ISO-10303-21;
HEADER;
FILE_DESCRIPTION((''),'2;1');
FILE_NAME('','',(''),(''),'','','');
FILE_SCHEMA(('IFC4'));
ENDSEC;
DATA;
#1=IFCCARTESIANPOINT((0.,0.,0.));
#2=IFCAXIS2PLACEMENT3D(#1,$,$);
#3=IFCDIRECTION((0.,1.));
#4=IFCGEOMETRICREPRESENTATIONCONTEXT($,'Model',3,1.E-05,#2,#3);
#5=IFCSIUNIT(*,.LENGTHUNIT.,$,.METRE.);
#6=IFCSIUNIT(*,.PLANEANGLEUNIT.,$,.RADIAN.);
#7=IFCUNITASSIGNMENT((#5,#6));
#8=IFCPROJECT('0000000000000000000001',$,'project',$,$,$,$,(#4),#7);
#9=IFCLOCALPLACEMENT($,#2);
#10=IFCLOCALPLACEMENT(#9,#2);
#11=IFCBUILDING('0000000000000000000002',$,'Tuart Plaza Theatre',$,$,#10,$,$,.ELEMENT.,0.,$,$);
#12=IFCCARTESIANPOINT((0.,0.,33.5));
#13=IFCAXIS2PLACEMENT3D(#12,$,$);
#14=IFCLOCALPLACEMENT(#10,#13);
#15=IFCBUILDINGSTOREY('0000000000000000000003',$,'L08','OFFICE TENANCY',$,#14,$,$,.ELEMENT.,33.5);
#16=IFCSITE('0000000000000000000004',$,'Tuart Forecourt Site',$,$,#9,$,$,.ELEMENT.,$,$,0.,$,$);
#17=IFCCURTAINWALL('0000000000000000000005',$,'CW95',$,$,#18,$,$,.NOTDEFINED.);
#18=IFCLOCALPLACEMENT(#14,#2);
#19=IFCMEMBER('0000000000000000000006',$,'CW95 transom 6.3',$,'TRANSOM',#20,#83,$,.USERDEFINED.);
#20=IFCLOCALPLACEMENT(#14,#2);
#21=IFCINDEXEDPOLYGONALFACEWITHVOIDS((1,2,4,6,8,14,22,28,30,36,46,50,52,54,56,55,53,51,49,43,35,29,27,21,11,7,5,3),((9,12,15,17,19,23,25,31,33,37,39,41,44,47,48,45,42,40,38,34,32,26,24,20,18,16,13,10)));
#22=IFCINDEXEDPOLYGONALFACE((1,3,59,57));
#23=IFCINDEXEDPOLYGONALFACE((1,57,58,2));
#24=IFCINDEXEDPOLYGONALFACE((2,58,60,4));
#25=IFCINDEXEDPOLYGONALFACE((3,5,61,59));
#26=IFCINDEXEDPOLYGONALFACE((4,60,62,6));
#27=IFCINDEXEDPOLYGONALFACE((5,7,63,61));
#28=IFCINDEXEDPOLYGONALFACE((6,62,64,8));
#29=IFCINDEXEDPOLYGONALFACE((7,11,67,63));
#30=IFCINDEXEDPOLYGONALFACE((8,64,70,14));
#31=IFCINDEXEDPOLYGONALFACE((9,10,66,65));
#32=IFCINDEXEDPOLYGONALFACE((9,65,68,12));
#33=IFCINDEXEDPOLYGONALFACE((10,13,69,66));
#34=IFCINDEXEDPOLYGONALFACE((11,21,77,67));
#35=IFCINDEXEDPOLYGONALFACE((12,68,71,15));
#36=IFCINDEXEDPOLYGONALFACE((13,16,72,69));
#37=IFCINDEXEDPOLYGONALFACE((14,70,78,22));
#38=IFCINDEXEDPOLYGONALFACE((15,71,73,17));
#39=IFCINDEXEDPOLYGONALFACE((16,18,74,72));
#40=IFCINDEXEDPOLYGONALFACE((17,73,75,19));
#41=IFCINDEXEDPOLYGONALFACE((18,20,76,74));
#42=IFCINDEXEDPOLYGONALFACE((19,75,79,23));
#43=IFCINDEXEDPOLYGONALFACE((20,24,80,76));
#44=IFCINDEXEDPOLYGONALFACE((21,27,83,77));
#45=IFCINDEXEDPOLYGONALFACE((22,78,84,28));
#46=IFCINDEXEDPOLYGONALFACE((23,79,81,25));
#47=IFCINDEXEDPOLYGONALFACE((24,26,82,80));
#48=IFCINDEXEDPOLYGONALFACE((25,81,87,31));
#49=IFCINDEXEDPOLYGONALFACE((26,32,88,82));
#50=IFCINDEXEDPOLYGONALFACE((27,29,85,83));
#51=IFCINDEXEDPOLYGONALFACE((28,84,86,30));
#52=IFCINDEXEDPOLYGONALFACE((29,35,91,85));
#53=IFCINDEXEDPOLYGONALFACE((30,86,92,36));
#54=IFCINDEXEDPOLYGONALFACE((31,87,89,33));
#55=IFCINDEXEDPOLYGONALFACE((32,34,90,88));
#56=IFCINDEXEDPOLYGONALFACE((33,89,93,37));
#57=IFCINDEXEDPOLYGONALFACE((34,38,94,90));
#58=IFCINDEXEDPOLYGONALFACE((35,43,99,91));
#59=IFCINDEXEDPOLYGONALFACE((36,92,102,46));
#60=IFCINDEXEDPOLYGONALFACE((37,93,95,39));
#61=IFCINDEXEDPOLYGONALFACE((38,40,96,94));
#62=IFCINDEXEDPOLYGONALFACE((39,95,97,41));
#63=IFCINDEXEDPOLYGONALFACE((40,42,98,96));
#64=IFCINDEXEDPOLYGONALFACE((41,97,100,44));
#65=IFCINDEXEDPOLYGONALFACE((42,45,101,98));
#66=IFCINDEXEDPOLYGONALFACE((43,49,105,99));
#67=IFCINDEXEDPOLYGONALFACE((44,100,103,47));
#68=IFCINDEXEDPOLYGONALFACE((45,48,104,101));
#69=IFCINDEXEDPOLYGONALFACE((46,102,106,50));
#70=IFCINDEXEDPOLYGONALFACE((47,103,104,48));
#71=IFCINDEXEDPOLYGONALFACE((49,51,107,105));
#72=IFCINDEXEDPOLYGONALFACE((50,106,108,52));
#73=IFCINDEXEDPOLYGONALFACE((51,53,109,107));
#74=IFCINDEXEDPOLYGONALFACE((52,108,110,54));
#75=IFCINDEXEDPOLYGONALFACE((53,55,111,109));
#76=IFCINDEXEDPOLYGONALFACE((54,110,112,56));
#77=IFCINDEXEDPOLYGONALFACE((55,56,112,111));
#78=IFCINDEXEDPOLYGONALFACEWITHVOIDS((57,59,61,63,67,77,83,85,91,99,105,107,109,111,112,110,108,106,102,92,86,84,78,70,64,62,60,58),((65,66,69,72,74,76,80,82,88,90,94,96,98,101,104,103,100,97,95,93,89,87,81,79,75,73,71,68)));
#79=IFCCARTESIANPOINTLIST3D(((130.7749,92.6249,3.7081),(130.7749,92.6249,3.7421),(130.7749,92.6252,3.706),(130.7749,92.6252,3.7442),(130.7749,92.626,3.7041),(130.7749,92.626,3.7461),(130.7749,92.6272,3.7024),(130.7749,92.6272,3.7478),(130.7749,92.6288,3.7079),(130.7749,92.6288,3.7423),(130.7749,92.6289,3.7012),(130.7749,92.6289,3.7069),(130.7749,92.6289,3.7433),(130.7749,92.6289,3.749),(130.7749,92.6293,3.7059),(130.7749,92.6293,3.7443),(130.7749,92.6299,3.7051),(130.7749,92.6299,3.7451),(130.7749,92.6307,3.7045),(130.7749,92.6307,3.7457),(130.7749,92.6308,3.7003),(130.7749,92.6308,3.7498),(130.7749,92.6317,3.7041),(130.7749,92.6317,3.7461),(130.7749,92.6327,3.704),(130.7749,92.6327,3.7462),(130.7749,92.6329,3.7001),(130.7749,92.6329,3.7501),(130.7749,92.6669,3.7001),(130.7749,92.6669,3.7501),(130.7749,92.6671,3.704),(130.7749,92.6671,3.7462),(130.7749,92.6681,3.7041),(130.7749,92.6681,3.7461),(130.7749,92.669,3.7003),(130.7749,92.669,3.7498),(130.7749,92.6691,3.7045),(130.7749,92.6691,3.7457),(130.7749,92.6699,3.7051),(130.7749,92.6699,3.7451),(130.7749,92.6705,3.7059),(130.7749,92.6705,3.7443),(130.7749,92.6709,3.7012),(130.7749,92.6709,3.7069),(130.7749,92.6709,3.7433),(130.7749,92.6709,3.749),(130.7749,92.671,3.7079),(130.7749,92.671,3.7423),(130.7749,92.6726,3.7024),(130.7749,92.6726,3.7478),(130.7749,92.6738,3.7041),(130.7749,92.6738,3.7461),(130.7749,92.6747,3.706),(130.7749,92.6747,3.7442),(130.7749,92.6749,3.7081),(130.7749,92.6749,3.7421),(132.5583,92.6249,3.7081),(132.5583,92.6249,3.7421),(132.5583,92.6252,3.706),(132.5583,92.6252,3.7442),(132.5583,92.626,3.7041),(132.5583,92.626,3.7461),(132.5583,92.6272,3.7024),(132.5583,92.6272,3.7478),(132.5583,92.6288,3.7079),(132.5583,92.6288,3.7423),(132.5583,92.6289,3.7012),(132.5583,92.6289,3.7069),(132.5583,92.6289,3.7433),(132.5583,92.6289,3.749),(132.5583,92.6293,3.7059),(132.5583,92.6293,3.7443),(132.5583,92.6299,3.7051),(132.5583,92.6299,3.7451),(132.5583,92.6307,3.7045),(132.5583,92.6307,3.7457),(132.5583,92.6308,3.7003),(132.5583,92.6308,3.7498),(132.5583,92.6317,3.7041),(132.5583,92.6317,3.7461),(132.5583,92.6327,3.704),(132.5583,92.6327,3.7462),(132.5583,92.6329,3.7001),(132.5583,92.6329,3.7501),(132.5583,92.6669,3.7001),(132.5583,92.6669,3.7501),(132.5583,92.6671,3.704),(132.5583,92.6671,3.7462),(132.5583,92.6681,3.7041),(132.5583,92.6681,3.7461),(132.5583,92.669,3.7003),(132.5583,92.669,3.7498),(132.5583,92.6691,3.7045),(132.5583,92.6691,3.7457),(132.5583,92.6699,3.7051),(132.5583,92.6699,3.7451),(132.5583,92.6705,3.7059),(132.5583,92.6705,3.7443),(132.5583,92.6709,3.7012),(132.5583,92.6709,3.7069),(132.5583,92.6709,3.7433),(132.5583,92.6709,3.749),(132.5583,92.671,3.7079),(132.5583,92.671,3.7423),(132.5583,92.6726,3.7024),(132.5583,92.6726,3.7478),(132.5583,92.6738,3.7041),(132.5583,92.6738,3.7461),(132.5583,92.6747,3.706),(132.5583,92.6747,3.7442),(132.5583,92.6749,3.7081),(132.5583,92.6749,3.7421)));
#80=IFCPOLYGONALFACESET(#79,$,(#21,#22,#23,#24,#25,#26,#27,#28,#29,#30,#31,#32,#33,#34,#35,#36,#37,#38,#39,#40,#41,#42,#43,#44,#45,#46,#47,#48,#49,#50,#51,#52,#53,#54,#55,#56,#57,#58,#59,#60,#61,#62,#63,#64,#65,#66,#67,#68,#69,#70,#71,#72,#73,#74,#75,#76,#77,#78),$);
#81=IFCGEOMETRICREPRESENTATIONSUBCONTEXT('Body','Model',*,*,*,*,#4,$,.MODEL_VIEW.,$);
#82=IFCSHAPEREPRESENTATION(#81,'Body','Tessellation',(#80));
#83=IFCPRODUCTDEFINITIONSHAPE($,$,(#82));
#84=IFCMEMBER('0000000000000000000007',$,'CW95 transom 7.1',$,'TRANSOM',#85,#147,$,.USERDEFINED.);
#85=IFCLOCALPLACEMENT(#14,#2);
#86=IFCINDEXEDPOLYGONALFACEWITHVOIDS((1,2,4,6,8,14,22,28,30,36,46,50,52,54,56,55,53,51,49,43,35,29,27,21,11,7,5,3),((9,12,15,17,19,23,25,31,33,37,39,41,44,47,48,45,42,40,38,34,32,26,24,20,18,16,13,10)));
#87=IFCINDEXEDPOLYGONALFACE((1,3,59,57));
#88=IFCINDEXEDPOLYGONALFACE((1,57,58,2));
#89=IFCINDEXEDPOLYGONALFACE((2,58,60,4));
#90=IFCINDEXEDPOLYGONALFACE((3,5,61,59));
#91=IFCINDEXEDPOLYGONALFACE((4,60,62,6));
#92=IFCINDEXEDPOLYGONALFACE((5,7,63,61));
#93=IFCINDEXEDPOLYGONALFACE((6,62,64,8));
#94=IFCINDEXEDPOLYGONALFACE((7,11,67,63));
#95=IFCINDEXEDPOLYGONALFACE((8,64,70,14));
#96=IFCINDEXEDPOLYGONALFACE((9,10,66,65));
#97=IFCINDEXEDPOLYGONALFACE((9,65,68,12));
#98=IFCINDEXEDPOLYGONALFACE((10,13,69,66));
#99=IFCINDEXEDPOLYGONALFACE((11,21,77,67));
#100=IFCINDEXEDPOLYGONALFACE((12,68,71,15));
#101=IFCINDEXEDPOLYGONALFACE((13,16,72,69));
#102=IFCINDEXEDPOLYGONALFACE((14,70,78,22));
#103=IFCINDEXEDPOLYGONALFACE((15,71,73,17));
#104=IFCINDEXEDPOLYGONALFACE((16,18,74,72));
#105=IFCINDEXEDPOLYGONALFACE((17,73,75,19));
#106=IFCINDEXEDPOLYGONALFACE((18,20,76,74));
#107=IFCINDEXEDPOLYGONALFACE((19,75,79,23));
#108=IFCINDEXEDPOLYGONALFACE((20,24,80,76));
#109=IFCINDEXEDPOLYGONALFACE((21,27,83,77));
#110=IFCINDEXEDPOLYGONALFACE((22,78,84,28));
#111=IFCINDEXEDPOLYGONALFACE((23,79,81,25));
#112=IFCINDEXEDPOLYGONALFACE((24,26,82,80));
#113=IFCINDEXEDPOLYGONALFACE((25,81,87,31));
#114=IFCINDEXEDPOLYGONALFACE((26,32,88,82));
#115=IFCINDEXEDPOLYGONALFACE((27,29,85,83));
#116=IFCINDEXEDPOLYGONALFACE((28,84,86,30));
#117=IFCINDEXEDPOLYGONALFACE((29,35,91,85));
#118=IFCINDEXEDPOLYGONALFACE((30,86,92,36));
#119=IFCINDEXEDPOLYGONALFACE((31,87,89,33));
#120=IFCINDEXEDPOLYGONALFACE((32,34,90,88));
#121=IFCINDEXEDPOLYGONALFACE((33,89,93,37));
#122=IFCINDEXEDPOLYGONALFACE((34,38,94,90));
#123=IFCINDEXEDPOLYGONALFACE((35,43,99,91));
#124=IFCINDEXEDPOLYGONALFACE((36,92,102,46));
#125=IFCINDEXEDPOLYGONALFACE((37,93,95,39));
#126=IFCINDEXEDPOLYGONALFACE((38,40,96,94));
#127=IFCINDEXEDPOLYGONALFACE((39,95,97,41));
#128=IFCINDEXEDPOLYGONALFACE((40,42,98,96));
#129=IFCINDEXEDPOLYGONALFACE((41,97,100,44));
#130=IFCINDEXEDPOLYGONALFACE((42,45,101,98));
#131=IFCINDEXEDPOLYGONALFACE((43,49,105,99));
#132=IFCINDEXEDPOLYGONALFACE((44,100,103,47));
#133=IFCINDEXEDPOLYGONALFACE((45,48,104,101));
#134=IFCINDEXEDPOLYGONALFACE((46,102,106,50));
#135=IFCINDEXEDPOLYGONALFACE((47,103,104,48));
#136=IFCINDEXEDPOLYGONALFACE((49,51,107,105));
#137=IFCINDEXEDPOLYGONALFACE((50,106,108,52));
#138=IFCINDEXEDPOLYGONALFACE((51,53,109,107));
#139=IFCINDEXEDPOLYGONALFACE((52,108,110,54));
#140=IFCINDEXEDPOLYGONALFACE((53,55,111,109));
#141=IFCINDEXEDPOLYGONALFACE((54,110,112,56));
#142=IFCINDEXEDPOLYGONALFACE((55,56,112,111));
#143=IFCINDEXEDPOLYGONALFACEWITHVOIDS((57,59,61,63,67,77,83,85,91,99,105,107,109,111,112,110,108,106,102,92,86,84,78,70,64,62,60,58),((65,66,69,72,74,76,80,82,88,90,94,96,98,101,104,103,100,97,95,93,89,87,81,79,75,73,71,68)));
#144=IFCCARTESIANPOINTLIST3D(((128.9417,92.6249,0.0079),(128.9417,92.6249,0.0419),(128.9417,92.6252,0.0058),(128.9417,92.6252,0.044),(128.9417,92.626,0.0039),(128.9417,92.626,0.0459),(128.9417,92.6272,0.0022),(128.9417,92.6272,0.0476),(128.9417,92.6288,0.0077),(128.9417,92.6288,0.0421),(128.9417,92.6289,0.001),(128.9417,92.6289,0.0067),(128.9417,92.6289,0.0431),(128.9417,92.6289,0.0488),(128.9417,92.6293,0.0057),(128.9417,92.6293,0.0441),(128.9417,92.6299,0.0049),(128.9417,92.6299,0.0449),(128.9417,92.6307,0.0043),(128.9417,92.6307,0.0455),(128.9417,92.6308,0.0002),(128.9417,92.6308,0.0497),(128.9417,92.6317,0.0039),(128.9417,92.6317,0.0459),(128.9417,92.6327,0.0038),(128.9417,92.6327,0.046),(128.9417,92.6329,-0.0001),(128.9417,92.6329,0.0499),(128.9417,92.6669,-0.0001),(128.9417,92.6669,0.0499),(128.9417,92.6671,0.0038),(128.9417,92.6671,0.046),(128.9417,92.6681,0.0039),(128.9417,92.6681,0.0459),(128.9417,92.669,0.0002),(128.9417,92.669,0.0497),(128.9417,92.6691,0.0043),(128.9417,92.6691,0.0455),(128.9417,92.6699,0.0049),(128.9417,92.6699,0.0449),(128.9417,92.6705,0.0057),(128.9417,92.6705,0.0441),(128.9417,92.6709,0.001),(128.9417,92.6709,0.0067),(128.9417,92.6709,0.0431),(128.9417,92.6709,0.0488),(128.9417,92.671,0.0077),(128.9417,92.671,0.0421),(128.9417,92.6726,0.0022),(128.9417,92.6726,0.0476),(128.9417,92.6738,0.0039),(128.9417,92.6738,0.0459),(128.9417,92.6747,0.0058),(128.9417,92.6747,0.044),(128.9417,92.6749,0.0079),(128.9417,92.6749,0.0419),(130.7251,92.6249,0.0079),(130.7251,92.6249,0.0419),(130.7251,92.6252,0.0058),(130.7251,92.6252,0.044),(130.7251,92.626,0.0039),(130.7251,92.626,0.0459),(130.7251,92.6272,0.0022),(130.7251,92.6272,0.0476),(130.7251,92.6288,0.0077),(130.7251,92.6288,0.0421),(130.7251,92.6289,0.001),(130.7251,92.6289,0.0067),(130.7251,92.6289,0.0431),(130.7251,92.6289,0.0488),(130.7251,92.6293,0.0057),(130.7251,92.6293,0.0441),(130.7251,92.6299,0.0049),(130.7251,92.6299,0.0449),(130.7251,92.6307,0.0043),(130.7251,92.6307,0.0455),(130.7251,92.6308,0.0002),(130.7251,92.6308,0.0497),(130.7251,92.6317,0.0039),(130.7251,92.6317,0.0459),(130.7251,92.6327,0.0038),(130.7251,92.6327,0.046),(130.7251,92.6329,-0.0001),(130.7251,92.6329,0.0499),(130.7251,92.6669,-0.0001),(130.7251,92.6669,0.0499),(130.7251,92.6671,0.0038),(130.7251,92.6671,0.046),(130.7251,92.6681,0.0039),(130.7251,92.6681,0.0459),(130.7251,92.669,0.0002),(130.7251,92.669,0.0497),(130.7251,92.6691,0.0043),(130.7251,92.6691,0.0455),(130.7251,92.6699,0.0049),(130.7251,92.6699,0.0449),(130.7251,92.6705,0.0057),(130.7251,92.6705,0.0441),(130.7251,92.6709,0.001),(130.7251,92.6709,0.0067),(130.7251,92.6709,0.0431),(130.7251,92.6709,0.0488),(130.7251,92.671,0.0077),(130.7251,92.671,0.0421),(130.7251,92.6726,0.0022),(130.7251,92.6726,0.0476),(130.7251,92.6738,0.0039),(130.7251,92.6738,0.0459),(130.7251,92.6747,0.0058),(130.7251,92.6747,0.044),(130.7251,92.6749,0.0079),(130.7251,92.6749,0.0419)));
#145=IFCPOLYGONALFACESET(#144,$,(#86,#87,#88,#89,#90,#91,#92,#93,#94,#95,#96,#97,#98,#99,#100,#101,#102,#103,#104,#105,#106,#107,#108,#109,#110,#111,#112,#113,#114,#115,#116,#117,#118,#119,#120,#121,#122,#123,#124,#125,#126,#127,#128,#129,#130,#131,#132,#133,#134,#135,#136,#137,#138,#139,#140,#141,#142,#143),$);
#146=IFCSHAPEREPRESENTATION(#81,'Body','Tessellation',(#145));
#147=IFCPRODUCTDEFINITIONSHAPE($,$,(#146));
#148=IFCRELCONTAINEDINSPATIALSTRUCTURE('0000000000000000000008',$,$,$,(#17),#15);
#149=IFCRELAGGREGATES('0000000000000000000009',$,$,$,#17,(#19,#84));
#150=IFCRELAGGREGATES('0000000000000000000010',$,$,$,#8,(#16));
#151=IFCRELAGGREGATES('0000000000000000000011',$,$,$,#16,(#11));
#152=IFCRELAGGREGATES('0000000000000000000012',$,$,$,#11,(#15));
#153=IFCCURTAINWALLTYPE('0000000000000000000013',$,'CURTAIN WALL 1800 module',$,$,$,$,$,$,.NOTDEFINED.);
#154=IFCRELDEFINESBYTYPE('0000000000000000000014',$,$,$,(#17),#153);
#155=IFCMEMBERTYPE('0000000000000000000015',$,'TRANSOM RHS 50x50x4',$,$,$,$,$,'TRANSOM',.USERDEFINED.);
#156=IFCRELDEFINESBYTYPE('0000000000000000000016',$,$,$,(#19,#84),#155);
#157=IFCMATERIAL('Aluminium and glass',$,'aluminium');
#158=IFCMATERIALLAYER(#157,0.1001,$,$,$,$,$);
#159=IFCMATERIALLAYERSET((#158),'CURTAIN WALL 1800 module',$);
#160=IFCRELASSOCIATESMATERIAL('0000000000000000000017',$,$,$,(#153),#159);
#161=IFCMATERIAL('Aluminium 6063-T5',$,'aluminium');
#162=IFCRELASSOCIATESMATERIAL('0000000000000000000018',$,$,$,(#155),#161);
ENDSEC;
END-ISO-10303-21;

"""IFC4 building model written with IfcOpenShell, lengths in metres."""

from ifc_helpers import new_model, si_unit, direction, frame, origin, origin_2d, place, context, subcontext, project, spatial, hollow_rectangle, extrude, material, layer, layer_set, material_profile, profile_set, type_object, element, aggregate, save


model = new_model("IFC4")

# Units and contexts
model_context = context("Model", 3, precision=1e-05, world=origin(), true_north=direction((0.0, 1.0)))
body_context = subcontext(model_context, "Body", "Model", "MODEL_VIEW")
ifc_project = project(units=[si_unit("LENGTHUNIT", "METRE"), si_unit("PLANEANGLEUNIT", "RADIAN")], contexts=[model_context])

# Site, building, storey
site_placement = place(None, origin())
site = spatial("IfcSite", under=ifc_project, at=site_placement, Name="Tuart Forecourt Site", CompositionType="ELEMENT", RefElevation=0.0)
building_placement = place(site_placement, origin())
building = spatial("IfcBuilding", under=site, at=building_placement, Name="Tuart Plaza Theatre", CompositionType="ELEMENT", ElevationOfRefHeight=0.0)
storey_placement = place(building_placement, frame((0.0, 0.0, 33.5)))
storey = spatial("IfcBuildingStorey", under=building, at=storey_placement, Name="L08", Description="OFFICE TENANCY", CompositionType="ELEMENT", Elevation=33.5)

# Curtain wall, members
ifc_material_1 = material(Name="Aluminium and glass", Category="aluminium")
ifc_layer_1 = layer(ifc_material_1, 0.1001)
ifc_layer_set_1 = layer_set([ifc_layer_1], Name="CURTAIN WALL 1800 module")
curtain_wall_type = type_object("IfcCurtainWallType", Name="CURTAIN WALL 1800 module", PredefinedType="NOTDEFINED", material=ifc_layer_set_1)
curtain_wall_placement = place(storey_placement, origin())
curtain_wall = element("IfcCurtainWall", 1, at=curtain_wall_placement, inside=storey, type_object=curtain_wall_type, Name="CW95", PredefinedType="NOTDEFINED")
ifc_material_2 = material(Name="Aluminium 6063-T5", Category="aluminium")
ifc_material_profile_1 = material_profile(ifc_material_2, hollow_rectangle(XDim=0.05, YDim=0.05, WallThickness=0.0039, InnerFilletRadius=0.0039, OuterFilletRadius=0.0081, at=origin_2d()), Name="RHS 50x50x4")
ifc_profile_set_1 = profile_set([ifc_material_profile_1], Name="Aluminium 6063-T5")
member_type_1 = type_object("IfcMemberType", Name="TRANSOM RHS 50x50x4", ElementType="TRANSOM", PredefinedType="USERDEFINED", material=ifc_profile_set_1)
member_1_placement = place(storey_placement, frame((132.5583, 92.6499, 3.7251), z_axis=(-1.0, 0.0, 0.0), x_axis=(0.0, -1.0, 0.0)))
member_1 = element("IfcMember", 2, at=member_1_placement, type_object=member_type_1, Name="CW95 transom 6.3", ObjectType="TRANSOM", PredefinedType="USERDEFINED", context=body_context, shape_type="SweptSolid", body=[
    extrude(hollow_rectangle(XDim=0.05, YDim=0.05, WallThickness=0.0039, InnerFilletRadius=0.0039, OuterFilletRadius=0.0081, at=origin_2d()), origin(), (0.0, 0.0, 1.0), 1.7834),
])
member_2_placement = place(storey_placement, frame((130.7251, 92.6499, 0.0249), z_axis=(-1.0, 0.0, 0.0), x_axis=(0.0, -1.0, 0.0)))
member_2 = element("IfcMember", 3, at=member_2_placement, type_object=member_type_1, Name="CW95 transom 7.1", ObjectType="TRANSOM", PredefinedType="USERDEFINED", context=body_context, shape_type="SweptSolid", body=[
    extrude(hollow_rectangle(XDim=0.05, YDim=0.05, WallThickness=0.0039, InnerFilletRadius=0.0039, OuterFilletRadius=0.0081, at=origin_2d()), origin(), (0.0, 0.0, 1.0), 1.7834),
])
aggregate(curtain_wall, [member_1, member_2])

save(model, "model.ifc")
